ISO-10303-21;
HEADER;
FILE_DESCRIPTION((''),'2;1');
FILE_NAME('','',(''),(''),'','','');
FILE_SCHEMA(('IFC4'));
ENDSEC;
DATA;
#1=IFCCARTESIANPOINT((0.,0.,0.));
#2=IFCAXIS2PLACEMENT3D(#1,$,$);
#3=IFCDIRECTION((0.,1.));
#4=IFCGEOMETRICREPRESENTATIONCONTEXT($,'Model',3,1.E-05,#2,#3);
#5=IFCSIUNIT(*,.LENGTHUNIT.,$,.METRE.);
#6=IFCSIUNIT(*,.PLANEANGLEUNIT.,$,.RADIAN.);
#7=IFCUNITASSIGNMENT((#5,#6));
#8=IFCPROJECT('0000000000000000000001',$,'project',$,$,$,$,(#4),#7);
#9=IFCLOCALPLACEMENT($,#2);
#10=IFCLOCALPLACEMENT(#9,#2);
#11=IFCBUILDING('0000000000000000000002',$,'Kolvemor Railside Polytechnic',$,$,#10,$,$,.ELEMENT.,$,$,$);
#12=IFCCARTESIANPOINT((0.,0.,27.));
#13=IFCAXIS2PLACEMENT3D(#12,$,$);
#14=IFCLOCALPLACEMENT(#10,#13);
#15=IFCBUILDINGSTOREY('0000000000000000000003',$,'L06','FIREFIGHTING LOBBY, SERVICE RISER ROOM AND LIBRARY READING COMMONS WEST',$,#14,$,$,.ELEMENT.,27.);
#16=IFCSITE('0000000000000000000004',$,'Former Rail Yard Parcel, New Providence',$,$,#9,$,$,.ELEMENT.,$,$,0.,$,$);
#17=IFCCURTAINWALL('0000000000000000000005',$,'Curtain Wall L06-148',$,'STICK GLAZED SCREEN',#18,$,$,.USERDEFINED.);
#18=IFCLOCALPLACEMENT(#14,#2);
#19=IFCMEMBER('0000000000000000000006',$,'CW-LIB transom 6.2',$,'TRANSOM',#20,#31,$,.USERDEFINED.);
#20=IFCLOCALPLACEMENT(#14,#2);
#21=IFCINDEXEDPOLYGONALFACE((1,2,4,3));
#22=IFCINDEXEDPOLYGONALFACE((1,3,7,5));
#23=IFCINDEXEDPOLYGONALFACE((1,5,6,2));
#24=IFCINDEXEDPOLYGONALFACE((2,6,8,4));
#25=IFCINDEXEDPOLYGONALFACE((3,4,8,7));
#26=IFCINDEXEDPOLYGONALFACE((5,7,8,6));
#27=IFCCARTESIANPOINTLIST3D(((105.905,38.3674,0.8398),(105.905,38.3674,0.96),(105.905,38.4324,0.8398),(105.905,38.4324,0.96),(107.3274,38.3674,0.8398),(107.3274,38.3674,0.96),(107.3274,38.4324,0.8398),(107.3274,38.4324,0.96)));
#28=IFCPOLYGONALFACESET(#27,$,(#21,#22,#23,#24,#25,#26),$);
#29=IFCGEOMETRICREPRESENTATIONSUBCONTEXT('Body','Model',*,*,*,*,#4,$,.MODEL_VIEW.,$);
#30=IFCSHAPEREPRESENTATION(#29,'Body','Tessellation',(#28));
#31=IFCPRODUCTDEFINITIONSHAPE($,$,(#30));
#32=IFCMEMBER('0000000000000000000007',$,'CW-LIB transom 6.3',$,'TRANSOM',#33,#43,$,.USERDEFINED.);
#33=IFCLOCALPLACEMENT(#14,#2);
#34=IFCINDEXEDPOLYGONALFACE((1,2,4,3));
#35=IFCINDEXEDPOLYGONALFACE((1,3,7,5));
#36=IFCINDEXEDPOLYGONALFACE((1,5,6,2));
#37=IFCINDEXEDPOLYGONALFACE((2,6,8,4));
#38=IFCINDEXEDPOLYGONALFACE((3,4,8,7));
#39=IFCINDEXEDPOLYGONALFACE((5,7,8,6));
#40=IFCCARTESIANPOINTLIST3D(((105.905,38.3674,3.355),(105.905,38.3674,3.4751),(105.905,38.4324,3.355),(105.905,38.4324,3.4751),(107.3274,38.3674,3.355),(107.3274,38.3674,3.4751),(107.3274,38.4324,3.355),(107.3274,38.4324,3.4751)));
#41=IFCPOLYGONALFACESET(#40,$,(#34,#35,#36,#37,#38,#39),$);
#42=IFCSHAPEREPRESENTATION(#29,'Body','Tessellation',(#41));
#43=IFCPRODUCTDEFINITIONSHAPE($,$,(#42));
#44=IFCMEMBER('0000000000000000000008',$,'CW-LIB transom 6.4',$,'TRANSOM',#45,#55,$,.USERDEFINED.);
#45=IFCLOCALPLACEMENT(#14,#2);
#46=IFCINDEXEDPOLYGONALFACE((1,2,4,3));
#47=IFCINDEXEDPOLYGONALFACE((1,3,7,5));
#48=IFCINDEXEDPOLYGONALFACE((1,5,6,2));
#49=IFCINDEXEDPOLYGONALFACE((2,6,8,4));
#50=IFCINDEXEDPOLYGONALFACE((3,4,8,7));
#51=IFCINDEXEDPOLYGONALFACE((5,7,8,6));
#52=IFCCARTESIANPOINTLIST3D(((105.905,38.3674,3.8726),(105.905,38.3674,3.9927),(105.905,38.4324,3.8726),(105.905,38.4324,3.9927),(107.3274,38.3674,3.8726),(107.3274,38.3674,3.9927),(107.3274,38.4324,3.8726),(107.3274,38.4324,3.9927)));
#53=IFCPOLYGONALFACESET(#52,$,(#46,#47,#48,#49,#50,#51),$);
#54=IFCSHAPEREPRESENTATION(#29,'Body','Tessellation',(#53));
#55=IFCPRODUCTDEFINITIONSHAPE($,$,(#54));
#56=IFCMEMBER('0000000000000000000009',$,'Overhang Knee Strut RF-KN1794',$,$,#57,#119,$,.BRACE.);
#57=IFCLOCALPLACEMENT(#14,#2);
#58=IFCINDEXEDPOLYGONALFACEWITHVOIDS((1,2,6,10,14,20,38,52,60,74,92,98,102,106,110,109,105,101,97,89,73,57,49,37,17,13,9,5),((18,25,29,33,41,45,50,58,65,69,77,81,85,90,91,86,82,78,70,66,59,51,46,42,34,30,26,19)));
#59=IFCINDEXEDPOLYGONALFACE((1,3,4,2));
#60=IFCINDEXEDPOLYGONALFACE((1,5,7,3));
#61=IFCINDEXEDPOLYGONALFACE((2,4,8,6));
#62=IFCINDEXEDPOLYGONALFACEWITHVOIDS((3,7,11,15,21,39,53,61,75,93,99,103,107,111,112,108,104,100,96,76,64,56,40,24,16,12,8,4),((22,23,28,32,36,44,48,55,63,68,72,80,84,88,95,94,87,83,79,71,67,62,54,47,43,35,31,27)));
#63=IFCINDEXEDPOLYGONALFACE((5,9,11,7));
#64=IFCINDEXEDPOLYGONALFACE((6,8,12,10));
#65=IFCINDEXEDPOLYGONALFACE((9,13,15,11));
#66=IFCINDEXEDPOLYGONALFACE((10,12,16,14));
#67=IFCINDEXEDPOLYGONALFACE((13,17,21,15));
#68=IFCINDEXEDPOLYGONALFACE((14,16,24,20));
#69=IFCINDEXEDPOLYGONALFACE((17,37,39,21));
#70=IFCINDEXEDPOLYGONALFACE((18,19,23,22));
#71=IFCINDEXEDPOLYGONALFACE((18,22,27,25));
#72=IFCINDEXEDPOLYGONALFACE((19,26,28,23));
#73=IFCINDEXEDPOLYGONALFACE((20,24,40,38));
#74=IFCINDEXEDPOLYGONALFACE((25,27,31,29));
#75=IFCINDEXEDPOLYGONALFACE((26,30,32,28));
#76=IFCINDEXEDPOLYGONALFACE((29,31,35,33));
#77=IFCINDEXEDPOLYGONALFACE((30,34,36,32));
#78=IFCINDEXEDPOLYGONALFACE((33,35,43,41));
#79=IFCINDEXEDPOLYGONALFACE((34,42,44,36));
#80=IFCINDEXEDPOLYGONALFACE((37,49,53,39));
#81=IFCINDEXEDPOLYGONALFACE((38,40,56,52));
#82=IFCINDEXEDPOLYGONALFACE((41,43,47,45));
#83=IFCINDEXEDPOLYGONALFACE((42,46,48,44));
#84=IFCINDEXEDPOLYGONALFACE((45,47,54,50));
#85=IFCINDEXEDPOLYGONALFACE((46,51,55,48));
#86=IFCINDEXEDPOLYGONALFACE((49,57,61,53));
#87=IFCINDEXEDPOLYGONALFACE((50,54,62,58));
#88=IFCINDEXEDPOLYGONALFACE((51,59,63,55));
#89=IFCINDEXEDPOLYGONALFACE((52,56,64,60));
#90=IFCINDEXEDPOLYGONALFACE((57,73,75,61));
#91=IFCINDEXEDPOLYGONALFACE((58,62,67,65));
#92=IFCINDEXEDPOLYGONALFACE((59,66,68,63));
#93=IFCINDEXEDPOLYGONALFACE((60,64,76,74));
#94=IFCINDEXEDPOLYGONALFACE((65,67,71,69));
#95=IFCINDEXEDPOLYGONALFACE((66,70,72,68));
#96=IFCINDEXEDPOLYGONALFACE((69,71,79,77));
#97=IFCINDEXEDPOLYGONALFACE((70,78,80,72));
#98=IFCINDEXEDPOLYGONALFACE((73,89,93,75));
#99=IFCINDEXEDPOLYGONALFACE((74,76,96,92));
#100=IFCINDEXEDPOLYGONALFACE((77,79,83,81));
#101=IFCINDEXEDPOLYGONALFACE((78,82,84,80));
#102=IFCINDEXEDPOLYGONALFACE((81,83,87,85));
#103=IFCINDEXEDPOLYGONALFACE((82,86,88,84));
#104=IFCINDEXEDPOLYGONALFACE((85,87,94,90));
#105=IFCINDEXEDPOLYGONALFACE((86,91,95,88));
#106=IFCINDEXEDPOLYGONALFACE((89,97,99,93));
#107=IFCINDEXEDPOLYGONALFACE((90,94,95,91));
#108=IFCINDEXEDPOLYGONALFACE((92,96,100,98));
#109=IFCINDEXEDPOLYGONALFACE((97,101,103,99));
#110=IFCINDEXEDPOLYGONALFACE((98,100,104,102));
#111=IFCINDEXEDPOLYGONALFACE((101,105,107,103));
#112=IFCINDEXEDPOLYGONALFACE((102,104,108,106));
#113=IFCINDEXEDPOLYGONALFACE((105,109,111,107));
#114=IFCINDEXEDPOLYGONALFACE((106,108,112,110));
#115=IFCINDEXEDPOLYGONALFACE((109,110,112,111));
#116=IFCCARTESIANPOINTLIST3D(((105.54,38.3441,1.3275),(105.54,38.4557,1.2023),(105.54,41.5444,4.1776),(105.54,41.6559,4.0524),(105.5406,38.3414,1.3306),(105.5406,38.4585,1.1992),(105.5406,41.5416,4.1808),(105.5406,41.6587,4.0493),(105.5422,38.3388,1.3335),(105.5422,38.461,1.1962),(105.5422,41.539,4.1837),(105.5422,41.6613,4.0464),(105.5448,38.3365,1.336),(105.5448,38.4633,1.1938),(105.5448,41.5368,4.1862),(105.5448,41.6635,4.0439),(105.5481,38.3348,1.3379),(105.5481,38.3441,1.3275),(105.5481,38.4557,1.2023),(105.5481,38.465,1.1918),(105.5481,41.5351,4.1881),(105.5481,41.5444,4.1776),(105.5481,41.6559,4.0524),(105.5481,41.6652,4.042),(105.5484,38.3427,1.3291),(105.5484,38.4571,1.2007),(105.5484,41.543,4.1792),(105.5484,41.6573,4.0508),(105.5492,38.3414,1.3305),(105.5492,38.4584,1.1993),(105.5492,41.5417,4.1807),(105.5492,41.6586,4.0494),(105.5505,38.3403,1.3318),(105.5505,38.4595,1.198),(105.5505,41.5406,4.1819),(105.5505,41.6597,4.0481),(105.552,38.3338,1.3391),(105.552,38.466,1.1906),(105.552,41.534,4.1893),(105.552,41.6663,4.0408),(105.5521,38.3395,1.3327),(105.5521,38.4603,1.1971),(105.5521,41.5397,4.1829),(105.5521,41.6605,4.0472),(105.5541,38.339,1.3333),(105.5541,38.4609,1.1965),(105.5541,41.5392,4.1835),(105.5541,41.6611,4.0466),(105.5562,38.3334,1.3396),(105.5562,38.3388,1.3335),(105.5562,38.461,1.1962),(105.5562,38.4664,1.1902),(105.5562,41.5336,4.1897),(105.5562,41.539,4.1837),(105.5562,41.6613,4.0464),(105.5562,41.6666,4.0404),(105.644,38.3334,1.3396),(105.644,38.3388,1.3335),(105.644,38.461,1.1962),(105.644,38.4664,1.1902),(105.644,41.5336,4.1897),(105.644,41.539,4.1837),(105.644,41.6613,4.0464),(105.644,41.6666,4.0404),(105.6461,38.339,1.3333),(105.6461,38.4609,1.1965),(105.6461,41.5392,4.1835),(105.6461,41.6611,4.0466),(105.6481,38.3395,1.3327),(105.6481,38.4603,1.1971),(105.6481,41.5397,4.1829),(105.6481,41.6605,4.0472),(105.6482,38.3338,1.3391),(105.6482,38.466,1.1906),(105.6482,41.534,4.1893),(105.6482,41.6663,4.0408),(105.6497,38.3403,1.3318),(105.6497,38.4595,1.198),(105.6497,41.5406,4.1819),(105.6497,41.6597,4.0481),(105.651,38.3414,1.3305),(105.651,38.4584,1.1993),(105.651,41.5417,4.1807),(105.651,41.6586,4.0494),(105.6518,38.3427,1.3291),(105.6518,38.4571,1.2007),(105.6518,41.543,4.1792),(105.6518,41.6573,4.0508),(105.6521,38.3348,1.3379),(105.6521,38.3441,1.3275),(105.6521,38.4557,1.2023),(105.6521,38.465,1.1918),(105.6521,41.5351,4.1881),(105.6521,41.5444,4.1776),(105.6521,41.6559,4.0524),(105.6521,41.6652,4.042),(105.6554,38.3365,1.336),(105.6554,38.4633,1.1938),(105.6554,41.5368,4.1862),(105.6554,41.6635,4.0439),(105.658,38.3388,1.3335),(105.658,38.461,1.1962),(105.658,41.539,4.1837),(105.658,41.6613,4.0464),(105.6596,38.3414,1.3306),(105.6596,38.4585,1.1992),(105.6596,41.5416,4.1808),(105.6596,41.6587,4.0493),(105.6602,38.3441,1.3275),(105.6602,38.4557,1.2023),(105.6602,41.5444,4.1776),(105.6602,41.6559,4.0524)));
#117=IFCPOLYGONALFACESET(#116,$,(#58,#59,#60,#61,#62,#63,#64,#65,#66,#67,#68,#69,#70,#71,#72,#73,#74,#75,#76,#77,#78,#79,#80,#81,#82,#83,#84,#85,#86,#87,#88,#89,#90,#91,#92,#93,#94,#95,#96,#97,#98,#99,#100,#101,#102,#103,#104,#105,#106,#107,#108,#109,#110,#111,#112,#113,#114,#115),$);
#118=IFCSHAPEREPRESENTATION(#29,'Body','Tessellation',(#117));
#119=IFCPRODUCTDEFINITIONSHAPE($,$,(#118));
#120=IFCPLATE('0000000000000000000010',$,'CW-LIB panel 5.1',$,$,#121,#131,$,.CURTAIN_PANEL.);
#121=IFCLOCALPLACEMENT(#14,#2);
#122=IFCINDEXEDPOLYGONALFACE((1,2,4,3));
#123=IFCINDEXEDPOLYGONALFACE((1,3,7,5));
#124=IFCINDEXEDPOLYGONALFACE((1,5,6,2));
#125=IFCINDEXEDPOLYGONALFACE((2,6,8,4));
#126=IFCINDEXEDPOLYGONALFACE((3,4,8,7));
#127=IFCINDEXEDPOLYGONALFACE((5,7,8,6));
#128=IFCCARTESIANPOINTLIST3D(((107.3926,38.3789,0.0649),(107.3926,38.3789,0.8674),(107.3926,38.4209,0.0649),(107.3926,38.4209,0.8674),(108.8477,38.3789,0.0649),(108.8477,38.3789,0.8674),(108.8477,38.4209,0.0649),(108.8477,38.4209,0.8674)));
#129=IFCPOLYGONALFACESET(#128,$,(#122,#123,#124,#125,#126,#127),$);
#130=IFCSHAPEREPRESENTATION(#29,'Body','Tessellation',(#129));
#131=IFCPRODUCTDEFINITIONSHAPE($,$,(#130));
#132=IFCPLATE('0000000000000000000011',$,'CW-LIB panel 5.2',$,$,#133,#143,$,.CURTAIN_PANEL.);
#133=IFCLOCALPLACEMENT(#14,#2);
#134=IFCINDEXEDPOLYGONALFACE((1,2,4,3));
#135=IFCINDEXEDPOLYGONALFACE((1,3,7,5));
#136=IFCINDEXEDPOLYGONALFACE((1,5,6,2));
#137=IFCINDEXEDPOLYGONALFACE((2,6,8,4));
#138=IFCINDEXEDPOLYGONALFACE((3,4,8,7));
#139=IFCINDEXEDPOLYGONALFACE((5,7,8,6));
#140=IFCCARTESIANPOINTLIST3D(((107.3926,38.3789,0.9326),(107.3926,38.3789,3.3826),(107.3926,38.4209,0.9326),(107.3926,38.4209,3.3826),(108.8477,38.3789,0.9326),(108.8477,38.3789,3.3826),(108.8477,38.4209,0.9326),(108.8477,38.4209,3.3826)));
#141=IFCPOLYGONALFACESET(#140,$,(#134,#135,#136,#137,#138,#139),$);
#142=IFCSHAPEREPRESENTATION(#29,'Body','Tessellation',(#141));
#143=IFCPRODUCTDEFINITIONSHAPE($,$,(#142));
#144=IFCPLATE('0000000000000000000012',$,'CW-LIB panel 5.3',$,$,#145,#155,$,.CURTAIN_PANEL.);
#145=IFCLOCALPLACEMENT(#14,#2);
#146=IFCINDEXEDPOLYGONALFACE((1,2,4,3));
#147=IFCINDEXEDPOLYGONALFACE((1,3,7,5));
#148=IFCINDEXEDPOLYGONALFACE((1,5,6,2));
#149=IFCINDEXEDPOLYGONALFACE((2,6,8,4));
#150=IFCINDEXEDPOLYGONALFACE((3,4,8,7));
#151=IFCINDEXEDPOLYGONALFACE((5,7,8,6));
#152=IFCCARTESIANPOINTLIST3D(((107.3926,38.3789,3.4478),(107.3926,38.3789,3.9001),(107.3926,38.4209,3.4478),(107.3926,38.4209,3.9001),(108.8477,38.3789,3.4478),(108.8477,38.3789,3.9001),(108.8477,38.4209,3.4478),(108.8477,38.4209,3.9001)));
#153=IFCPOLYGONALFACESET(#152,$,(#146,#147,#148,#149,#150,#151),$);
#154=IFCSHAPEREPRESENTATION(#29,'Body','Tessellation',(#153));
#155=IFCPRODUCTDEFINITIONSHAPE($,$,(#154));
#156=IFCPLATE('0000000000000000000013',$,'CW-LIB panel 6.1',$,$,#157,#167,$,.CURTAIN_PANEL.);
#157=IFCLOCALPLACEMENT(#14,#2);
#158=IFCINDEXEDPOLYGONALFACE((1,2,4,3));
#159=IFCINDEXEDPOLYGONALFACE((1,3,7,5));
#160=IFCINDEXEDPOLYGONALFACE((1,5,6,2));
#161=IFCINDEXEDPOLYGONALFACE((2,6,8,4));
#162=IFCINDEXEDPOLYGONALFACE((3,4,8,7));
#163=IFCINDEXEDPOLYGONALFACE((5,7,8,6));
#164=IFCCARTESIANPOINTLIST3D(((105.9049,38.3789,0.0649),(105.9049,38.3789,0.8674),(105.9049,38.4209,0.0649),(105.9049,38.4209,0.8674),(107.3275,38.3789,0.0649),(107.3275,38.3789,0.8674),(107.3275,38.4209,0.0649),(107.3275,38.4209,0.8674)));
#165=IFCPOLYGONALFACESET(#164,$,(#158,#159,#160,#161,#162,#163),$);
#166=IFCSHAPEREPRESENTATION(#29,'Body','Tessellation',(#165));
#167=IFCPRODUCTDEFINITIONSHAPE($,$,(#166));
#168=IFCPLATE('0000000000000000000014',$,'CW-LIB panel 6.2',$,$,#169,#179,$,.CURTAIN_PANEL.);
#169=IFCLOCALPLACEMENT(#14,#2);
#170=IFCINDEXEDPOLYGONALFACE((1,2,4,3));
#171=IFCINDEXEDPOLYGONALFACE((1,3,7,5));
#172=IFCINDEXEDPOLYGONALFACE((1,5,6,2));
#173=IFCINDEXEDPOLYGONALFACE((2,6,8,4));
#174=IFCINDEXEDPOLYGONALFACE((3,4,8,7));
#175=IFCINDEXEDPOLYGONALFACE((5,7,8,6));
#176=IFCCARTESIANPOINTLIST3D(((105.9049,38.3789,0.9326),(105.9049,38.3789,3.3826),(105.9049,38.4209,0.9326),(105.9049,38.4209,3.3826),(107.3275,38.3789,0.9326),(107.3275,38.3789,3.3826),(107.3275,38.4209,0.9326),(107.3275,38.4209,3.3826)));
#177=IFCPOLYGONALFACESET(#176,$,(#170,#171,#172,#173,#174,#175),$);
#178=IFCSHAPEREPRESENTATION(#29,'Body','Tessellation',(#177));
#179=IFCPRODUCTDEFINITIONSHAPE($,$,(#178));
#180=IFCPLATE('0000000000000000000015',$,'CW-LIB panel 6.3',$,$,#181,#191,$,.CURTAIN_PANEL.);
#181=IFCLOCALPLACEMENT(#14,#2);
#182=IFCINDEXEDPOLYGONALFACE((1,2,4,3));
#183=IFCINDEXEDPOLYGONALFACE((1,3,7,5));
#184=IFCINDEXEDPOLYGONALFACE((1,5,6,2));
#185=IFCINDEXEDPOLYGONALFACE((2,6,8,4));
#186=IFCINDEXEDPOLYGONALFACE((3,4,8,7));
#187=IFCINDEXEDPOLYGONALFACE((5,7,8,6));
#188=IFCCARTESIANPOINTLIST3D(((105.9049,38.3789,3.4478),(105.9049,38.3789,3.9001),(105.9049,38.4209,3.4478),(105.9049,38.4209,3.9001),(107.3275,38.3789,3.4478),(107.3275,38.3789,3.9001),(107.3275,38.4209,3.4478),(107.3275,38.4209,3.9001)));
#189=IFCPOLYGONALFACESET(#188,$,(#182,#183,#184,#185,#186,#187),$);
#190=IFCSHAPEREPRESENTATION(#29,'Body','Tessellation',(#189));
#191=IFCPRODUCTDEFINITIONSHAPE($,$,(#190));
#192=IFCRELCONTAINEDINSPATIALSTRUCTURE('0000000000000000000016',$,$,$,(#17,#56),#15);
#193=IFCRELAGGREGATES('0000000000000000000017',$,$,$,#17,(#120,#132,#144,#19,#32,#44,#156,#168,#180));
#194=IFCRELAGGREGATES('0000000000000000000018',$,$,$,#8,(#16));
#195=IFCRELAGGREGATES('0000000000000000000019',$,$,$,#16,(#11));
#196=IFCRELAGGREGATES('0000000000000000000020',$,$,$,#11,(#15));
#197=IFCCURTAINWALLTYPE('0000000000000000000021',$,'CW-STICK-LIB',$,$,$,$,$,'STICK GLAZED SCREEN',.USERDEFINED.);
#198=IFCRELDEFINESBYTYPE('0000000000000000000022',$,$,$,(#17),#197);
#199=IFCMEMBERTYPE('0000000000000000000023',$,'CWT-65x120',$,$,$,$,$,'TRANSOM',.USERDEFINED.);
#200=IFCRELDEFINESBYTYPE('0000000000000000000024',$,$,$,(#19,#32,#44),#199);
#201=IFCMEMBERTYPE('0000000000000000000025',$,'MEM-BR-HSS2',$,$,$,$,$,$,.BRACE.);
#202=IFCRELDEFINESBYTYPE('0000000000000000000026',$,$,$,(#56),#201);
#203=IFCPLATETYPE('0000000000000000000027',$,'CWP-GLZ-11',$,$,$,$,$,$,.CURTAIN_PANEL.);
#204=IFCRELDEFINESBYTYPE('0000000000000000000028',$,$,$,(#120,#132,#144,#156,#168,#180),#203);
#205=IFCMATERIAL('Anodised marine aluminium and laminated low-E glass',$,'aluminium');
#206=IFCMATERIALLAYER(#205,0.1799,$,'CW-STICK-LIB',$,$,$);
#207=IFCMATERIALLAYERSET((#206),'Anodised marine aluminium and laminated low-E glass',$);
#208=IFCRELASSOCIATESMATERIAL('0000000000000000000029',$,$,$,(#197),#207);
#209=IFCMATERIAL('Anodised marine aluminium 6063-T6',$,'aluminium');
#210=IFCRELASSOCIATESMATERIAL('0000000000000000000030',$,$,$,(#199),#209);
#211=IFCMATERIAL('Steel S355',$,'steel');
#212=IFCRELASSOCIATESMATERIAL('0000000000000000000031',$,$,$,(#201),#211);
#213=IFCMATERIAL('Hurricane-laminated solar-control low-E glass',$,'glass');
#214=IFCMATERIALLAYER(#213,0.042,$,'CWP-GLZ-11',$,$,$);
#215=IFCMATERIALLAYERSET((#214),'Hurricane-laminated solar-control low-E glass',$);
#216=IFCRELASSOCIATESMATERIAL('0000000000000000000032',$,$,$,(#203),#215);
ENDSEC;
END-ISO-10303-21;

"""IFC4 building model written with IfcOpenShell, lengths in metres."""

from ifc_helpers import new_model, si_unit, direction, frame, origin, origin_2d, place, context, subcontext, project, spatial, rectangle, hollow_rectangle, extrude, material, layer, layer_set, material_profile, profile_set, type_object, element, aggregate, save


model = new_model("IFC4")

# Units and contexts
model_context = context("Model", 3, precision=1e-05, world=origin(), true_north=direction((0.0, 1.0)))
body_context = subcontext(model_context, "Body", "Model", "MODEL_VIEW")
ifc_project = project(units=[si_unit("LENGTHUNIT", "METRE"), si_unit("PLANEANGLEUNIT", "RADIAN")], contexts=[model_context])

# Site, building, storey
site_placement = place(None, origin())
site = spatial("IfcSite", under=ifc_project, at=site_placement, Name="Former Rail Yard Parcel, New Providence", CompositionType="ELEMENT", RefElevation=0.0)
building_placement = place(site_placement, origin())
building = spatial("IfcBuilding", under=site, at=building_placement, Name="Kolvemor Railside Polytechnic", CompositionType="ELEMENT")
storey_placement = place(building_placement, frame((0.0, 0.0, 27.0)))
storey = spatial("IfcBuildingStorey", under=building, at=storey_placement, Name="L06", Description="FIREFIGHTING LOBBY, SERVICE RISER ROOM AND LIBRARY READING COMMONS WEST", CompositionType="ELEMENT", Elevation=27.0)

# Shared definitions
ifc_material_1 = material(Name="Anodised marine aluminium and laminated low-E glass", Category="aluminium")
ifc_layer_1 = layer(ifc_material_1, 0.1799, Name="CW-STICK-LIB")
ifc_layer_set_1 = layer_set([ifc_layer_1], Name="Anodised marine aluminium and laminated low-E glass")
curtain_wall_type = type_object("IfcCurtainWallType", Name="CW-STICK-LIB", ElementType="STICK GLAZED SCREEN", PredefinedType="USERDEFINED", material=ifc_layer_set_1)

# Curtain wall
curtain_wall_1_placement = place(storey_placement, origin())
curtain_wall_1 = element("IfcCurtainWall", 1, at=curtain_wall_1_placement, inside=storey, type_object=curtain_wall_type, Name="Curtain Wall L06-148", ObjectType="STICK GLAZED SCREEN", PredefinedType="USERDEFINED")

# Members
ifc_material_2 = material(Name="Anodised marine aluminium 6063-T6", Category="aluminium")
ifc_material_profile_1 = material_profile(ifc_material_2, rectangle(XDim=0.0649, YDim=0.1201, at=origin_2d()), Name="CW-TRN-65x120")
ifc_profile_set_1 = profile_set([ifc_material_profile_1], Name="Anodised marine aluminium 6063-T6")
member_type_1 = type_object("IfcMemberType", Name="CWT-65x120", ElementType="TRANSOM", PredefinedType="USERDEFINED", material=ifc_profile_set_1)
member_1_placement = place(storey_placement, frame((107.3274, 38.3999, 0.8999), z_axis=(-1.0, 0.0, 0.0), x_axis=(0.0, -1.0, 0.0)))
member_1 = element("IfcMember", 2, at=member_1_placement, type_object=member_type_1, Name="CW-LIB transom 6.2", ObjectType="TRANSOM", PredefinedType="USERDEFINED", context=body_context, shape_type="SweptSolid", body=[
    extrude(rectangle(XDim=0.0649, YDim=0.1201, at=origin_2d()), origin(), (0.0, 0.0, 1.0), 1.4224),
])
member_2_placement = place(storey_placement, frame((107.3274, 38.3999, 3.415), z_axis=(-1.0, 0.0, 0.0), x_axis=(0.0, -1.0, 0.0)))
member_2 = element("IfcMember", 3, at=member_2_placement, type_object=member_type_1, Name="CW-LIB transom 6.3", ObjectType="TRANSOM", PredefinedType="USERDEFINED", context=body_context, shape_type="SweptSolid", body=[
    extrude(rectangle(XDim=0.0649, YDim=0.1201, at=origin_2d()), origin(), (0.0, 0.0, 1.0), 1.4224),
])
member_3_placement = place(storey_placement, frame((107.3274, 38.3999, 3.9326), z_axis=(-1.0, 0.0, 0.0), x_axis=(0.0, -1.0, 0.0)))
member_3 = element("IfcMember", 4, at=member_3_placement, type_object=member_type_1, Name="CW-LIB transom 6.4", ObjectType="TRANSOM", PredefinedType="USERDEFINED", context=body_context, shape_type="SweptSolid", body=[
    extrude(rectangle(XDim=0.0649, YDim=0.1201, at=origin_2d()), origin(), (0.0, 0.0, 1.0), 1.4224),
])
ifc_material_3 = material(Name="Steel S355", Category="steel")
ifc_material_profile_2 = material_profile(ifc_material_3, hollow_rectangle(XDim=0.1201, YDim=0.2, WallThickness=0.0081, InnerFilletRadius=0.0081, OuterFilletRadius=0.0161, at=origin_2d()), Name="HSS200x120x8")
ifc_profile_set_2 = profile_set([ifc_material_profile_2], Name="Steel S355")
member_type_2 = type_object("IfcMemberType", Name="MEM-BR-HSS2", PredefinedType="BRACE", material=ifc_profile_set_2)
member_4_placement = place(storey_placement, frame((105.6001, 38.3999, 1.2649), z_axis=(0.0, 0.746774, 0.665078), x_axis=(-1.0, 0.0, 0.0)))
element("IfcMember", 5, at=member_4_placement, inside=storey, type_object=member_type_2, Name="Overhang Knee Strut RF-KN1794", PredefinedType="BRACE", context=body_context, shape_type="SweptSolid", body=[
    extrude(hollow_rectangle(XDim=0.1201, YDim=0.2, WallThickness=0.0081, InnerFilletRadius=0.0081, OuterFilletRadius=0.0161, at=origin_2d()), origin(), (0.0, 0.0, 1.0), 4.2854),
])

# Plates
ifc_material_4 = material(Name="Hurricane-laminated solar-control low-E glass", Category="glass")
ifc_layer_2 = layer(ifc_material_4, 0.042, Name="CWP-GLZ-11")
ifc_layer_set_2 = layer_set([ifc_layer_2], Name="Hurricane-laminated solar-control low-E glass")
plate_type = type_object("IfcPlateType", Name="CWP-GLZ-11", PredefinedType="CURTAIN_PANEL", material=ifc_layer_set_2)
plate_1_placement = place(storey_placement, frame((108.1201, 38.3999, 0.0649), z_axis=(0.0, 0.0, 1.0), x_axis=(-1.0, 0.0, 0.0)))
plate_1 = element("IfcPlate", 6, at=plate_1_placement, type_object=plate_type, Name="CW-LIB panel 5.1", PredefinedType="CURTAIN_PANEL", context=body_context, shape_type="SweptSolid", body=[
    extrude(rectangle(XDim=1.4551, YDim=0.042, at=origin_2d()), origin(), (0.0, 0.0, 1.0), 0.8025),
])
plate_2_placement = place(storey_placement, frame((108.1201, 38.3999, 0.9326), z_axis=(0.0, 0.0, 1.0), x_axis=(-1.0, 0.0, 0.0)))
plate_2 = element("IfcPlate", 7, at=plate_2_placement, type_object=plate_type, Name="CW-LIB panel 5.2", PredefinedType="CURTAIN_PANEL", context=body_context, shape_type="SweptSolid", body=[
    extrude(rectangle(XDim=1.4551, YDim=0.042, at=origin_2d()), origin(), (0.0, 0.0, 1.0), 2.45),
])
plate_3_placement = place(storey_placement, frame((108.1201, 38.3999, 3.4478), z_axis=(0.0, 0.0, 1.0), x_axis=(-1.0, 0.0, 0.0)))
plate_3 = element("IfcPlate", 8, at=plate_3_placement, type_object=plate_type, Name="CW-LIB panel 5.3", PredefinedType="CURTAIN_PANEL", context=body_context, shape_type="SweptSolid", body=[
    extrude(rectangle(XDim=1.4551, YDim=0.042, at=origin_2d()), origin(), (0.0, 0.0, 1.0), 0.4524),
])
plate_4_placement = place(storey_placement, frame((106.6162, 38.3999, 0.0649), z_axis=(0.0, 0.0, 1.0), x_axis=(-1.0, 0.0, 0.0)))
plate_4 = element("IfcPlate", 9, at=plate_4_placement, type_object=plate_type, Name="CW-LIB panel 6.1", PredefinedType="CURTAIN_PANEL", context=body_context, shape_type="SweptSolid", body=[
    extrude(rectangle(XDim=1.4226, YDim=0.042, at=origin_2d()), origin(), (0.0, 0.0, 1.0), 0.8025),
])
plate_5_placement = place(storey_placement, frame((106.6162, 38.3999, 0.9326), z_axis=(0.0, 0.0, 1.0), x_axis=(-1.0, 0.0, 0.0)))
plate_5 = element("IfcPlate", 10, at=plate_5_placement, type_object=plate_type, Name="CW-LIB panel 6.2", PredefinedType="CURTAIN_PANEL", context=body_context, shape_type="SweptSolid", body=[
    extrude(rectangle(XDim=1.4226, YDim=0.042, at=origin_2d()), origin(), (0.0, 0.0, 1.0), 2.45),
])
plate_6_placement = place(storey_placement, frame((106.6162, 38.3999, 3.4478), z_axis=(0.0, 0.0, 1.0), x_axis=(-1.0, 0.0, 0.0)))
plate_6 = element("IfcPlate", 11, at=plate_6_placement, type_object=plate_type, Name="CW-LIB panel 6.3", PredefinedType="CURTAIN_PANEL", context=body_context, shape_type="SweptSolid", body=[
    extrude(rectangle(XDim=1.4226, YDim=0.042, at=origin_2d()), origin(), (0.0, 0.0, 1.0), 0.4524),
])
aggregate(curtain_wall_1, [plate_1, plate_2, plate_3, member_1, member_2, member_3, plate_4, plate_5, plate_6])

save(model, "model.ifc")
